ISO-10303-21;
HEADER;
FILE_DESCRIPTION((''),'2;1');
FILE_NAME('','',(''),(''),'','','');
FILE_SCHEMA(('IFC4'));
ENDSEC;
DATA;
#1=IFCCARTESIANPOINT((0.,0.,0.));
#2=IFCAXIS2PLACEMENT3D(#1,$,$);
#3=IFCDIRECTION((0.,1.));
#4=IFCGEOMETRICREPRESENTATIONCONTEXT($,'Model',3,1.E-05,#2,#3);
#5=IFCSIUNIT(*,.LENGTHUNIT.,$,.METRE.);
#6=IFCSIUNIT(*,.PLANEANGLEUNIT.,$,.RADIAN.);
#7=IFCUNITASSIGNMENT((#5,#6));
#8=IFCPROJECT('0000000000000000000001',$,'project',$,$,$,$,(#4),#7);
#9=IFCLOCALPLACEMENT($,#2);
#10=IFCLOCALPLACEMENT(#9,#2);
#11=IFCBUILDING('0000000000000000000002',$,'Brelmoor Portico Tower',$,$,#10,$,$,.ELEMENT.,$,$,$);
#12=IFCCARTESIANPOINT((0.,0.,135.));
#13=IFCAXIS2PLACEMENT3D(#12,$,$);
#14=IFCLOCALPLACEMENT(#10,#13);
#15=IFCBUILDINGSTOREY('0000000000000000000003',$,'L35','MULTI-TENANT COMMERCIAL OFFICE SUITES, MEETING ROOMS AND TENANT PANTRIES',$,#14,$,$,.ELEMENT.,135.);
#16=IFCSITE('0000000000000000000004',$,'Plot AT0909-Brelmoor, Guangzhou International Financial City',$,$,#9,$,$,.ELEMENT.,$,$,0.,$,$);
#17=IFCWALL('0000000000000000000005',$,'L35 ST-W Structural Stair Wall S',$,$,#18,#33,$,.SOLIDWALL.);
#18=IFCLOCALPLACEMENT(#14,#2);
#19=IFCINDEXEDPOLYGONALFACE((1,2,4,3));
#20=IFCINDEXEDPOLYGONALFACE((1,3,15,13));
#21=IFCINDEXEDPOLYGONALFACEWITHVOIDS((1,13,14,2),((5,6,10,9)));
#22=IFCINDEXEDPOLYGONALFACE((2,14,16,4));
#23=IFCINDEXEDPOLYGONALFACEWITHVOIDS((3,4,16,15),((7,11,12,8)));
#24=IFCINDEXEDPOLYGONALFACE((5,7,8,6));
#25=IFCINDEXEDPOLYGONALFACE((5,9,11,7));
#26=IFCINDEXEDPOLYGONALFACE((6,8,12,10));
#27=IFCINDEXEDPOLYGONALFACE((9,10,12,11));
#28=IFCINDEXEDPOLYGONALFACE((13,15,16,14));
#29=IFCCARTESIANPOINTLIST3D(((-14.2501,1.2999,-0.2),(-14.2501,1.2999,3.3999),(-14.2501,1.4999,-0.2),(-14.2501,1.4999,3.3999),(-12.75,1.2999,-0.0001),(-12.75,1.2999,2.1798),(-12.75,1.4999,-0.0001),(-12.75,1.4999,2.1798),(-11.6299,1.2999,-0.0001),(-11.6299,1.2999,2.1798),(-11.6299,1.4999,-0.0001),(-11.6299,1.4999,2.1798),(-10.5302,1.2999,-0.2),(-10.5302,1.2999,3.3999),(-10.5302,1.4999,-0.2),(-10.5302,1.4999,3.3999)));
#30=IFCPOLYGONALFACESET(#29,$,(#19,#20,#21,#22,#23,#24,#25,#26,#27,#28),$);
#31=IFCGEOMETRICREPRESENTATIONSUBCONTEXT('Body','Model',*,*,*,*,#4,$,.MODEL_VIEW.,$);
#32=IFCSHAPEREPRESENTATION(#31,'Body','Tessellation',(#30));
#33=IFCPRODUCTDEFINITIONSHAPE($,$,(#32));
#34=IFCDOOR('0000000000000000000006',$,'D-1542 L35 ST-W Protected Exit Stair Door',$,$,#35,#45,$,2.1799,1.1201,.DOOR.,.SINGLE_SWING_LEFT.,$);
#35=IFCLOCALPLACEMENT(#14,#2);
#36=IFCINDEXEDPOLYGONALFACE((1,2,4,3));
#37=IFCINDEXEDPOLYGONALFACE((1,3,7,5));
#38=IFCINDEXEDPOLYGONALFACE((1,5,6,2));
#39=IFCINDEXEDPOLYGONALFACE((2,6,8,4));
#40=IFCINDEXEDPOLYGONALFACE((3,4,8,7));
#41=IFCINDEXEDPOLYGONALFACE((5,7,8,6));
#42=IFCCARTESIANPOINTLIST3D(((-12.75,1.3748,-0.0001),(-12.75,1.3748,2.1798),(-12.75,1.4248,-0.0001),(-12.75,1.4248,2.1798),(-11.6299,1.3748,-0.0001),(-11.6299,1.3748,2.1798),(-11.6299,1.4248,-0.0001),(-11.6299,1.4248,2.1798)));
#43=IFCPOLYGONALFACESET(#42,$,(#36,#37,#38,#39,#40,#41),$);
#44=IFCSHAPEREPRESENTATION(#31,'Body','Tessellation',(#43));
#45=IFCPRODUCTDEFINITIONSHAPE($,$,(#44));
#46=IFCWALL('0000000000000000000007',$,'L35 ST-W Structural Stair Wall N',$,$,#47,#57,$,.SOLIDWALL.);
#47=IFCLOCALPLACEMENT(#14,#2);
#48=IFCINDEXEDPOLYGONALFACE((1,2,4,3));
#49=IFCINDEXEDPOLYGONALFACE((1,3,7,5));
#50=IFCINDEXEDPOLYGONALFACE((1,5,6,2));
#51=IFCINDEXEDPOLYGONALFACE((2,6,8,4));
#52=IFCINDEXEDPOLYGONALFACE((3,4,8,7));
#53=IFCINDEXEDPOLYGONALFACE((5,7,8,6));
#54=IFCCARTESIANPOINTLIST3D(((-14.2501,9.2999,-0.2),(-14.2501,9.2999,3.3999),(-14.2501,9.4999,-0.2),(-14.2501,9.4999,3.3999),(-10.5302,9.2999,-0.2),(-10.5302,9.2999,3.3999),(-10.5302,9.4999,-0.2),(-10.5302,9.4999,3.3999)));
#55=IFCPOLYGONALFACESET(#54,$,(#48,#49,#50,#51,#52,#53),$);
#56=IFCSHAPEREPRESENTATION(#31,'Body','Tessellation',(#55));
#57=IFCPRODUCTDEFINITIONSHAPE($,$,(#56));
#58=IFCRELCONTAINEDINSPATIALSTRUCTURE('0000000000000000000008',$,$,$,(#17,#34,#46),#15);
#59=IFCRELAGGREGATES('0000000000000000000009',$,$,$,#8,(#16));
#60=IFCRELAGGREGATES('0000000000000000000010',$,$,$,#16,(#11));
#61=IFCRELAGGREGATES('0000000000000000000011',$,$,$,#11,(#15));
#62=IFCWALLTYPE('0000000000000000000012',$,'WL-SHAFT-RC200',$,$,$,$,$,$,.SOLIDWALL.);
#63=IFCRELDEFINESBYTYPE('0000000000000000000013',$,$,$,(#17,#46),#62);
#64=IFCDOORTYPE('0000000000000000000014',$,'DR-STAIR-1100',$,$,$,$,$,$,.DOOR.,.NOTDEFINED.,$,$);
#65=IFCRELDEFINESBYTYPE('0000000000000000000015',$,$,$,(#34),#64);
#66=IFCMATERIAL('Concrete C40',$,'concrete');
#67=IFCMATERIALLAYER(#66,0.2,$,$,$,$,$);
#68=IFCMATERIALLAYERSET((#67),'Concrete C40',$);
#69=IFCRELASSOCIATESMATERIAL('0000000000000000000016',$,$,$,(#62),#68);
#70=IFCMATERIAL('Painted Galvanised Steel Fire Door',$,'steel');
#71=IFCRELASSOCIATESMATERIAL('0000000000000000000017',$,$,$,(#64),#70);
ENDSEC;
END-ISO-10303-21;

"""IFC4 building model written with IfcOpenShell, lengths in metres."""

from ifc_helpers import new_model, si_unit, direction, frame, frame_2d, origin, place, context, subcontext, project, spatial, rectangle, extrude, material, layer, layer_set, type_object, element, fill, save


model = new_model("IFC4")

# Units and contexts
model_context = context("Model", 3, precision=1e-05, world=origin(), true_north=direction((0.0, 1.0)))
body_context = subcontext(model_context, "Body", "Model", "MODEL_VIEW")
ifc_project = project(units=[si_unit("LENGTHUNIT", "METRE"), si_unit("PLANEANGLEUNIT", "RADIAN")], contexts=[model_context])

# Site, building, storey
site_placement = place(None, origin())
site = spatial("IfcSite", under=ifc_project, at=site_placement, Name="Plot AT0909-Brelmoor, Guangzhou International Financial City", CompositionType="ELEMENT", RefElevation=0.0)
building_placement = place(site_placement, origin())
building = spatial("IfcBuilding", under=site, at=building_placement, Name="Brelmoor Portico Tower", CompositionType="ELEMENT")
storey_placement = place(building_placement, frame((0.0, 0.0, 135.0)))
storey = spatial("IfcBuildingStorey", under=building, at=storey_placement, Name="L35", Description="MULTI-TENANT COMMERCIAL OFFICE SUITES, MEETING ROOMS AND TENANT PANTRIES", CompositionType="ELEMENT", Elevation=135.0)

# Shared definitions
ifc_material_1 = material(Name="Concrete C40", Category="concrete")
ifc_layer_1 = layer(ifc_material_1, 0.2)
ifc_layer_set_1 = layer_set([ifc_layer_1], Name="Concrete C40")
wall_type_1 = type_object("IfcWallType", Name="WL-SHAFT-RC200", PredefinedType="SOLIDWALL", material=ifc_layer_set_1)

# Wall, opening, door
wall_1_placement = place(storey_placement, frame((-14.25, 1.3999, -0.2), z_axis=(0.0, 0.0, 1.0), x_axis=(1.0, 0.0, 0.0)))
wall_1 = element("IfcWall", 1, at=wall_1_placement, inside=storey, type_object=wall_type_1, Name="L35 ST-W Structural Stair Wall S", PredefinedType="SOLIDWALL", context=body_context, shape_type="SweptSolid", body=[
    extrude(rectangle(XDim=3.72, YDim=0.2, at=frame_2d((1.8599, 0.0))), origin(), (0.0, 0.0, 1.0), 3.5999),
])
opening_1_placement = place(wall_1_placement, frame((1.5, 0.0, 0.2)))
opening_1 = element("IfcOpeningElement", 2, at=opening_1_placement, cuts=wall_1, PredefinedType="OPENING", context=body_context, shape_type="SweptSolid", body=[
    extrude(rectangle(XDim=1.1201, YDim=2.1799, at=frame_2d((0.5601, 1.0898))), frame((0.0, 0.1099, 0.0), z_axis=(0.0, -1.0, 0.0), x_axis=(1.0, 0.0, 0.0)), (0.0, 0.0, 1.0), 0.22),
])
ifc_material_2 = material(Name="Painted Galvanised Steel Fire Door", Category="steel")
door_type_1 = type_object("IfcDoorType", Name="DR-STAIR-1100", OperationType="NOTDEFINED", PredefinedType="DOOR", material=ifc_material_2)
door_1_placement = place(opening_1_placement, origin())
door_1 = element("IfcDoor", 3, at=door_1_placement, inside=storey, type_object=door_type_1, Name="D-1542 L35 ST-W Protected Exit Stair Door", OperationType="SINGLE_SWING_LEFT", OverallHeight=2.1799, OverallWidth=1.1201, PredefinedType="DOOR", context=body_context, shape_type="SweptSolid", body=[
    extrude(rectangle(XDim=1.1201, YDim=2.1799, at=frame_2d((0.5601, 1.0898))), frame((0.0, 0.0249, 0.0), z_axis=(0.0, -1.0, 0.0), x_axis=(1.0, 0.0, 0.0)), (0.0, 0.0, 1.0), 0.05),
])
fill(opening_1, door_1)

# Wall
wall_2_placement = place(storey_placement, frame((-14.25, 9.3999, -0.2), z_axis=(0.0, 0.0, 1.0), x_axis=(1.0, 0.0, 0.0)))
element("IfcWall", 4, at=wall_2_placement, inside=storey, type_object=wall_type_1, Name="L35 ST-W Structural Stair Wall N", PredefinedType="SOLIDWALL", context=body_context, shape_type="SweptSolid", body=[
    extrude(rectangle(XDim=3.72, YDim=0.2, at=frame_2d((1.8599, 0.0))), origin(), (0.0, 0.0, 1.0), 3.5999),
])

save(model, "model.ifc")
